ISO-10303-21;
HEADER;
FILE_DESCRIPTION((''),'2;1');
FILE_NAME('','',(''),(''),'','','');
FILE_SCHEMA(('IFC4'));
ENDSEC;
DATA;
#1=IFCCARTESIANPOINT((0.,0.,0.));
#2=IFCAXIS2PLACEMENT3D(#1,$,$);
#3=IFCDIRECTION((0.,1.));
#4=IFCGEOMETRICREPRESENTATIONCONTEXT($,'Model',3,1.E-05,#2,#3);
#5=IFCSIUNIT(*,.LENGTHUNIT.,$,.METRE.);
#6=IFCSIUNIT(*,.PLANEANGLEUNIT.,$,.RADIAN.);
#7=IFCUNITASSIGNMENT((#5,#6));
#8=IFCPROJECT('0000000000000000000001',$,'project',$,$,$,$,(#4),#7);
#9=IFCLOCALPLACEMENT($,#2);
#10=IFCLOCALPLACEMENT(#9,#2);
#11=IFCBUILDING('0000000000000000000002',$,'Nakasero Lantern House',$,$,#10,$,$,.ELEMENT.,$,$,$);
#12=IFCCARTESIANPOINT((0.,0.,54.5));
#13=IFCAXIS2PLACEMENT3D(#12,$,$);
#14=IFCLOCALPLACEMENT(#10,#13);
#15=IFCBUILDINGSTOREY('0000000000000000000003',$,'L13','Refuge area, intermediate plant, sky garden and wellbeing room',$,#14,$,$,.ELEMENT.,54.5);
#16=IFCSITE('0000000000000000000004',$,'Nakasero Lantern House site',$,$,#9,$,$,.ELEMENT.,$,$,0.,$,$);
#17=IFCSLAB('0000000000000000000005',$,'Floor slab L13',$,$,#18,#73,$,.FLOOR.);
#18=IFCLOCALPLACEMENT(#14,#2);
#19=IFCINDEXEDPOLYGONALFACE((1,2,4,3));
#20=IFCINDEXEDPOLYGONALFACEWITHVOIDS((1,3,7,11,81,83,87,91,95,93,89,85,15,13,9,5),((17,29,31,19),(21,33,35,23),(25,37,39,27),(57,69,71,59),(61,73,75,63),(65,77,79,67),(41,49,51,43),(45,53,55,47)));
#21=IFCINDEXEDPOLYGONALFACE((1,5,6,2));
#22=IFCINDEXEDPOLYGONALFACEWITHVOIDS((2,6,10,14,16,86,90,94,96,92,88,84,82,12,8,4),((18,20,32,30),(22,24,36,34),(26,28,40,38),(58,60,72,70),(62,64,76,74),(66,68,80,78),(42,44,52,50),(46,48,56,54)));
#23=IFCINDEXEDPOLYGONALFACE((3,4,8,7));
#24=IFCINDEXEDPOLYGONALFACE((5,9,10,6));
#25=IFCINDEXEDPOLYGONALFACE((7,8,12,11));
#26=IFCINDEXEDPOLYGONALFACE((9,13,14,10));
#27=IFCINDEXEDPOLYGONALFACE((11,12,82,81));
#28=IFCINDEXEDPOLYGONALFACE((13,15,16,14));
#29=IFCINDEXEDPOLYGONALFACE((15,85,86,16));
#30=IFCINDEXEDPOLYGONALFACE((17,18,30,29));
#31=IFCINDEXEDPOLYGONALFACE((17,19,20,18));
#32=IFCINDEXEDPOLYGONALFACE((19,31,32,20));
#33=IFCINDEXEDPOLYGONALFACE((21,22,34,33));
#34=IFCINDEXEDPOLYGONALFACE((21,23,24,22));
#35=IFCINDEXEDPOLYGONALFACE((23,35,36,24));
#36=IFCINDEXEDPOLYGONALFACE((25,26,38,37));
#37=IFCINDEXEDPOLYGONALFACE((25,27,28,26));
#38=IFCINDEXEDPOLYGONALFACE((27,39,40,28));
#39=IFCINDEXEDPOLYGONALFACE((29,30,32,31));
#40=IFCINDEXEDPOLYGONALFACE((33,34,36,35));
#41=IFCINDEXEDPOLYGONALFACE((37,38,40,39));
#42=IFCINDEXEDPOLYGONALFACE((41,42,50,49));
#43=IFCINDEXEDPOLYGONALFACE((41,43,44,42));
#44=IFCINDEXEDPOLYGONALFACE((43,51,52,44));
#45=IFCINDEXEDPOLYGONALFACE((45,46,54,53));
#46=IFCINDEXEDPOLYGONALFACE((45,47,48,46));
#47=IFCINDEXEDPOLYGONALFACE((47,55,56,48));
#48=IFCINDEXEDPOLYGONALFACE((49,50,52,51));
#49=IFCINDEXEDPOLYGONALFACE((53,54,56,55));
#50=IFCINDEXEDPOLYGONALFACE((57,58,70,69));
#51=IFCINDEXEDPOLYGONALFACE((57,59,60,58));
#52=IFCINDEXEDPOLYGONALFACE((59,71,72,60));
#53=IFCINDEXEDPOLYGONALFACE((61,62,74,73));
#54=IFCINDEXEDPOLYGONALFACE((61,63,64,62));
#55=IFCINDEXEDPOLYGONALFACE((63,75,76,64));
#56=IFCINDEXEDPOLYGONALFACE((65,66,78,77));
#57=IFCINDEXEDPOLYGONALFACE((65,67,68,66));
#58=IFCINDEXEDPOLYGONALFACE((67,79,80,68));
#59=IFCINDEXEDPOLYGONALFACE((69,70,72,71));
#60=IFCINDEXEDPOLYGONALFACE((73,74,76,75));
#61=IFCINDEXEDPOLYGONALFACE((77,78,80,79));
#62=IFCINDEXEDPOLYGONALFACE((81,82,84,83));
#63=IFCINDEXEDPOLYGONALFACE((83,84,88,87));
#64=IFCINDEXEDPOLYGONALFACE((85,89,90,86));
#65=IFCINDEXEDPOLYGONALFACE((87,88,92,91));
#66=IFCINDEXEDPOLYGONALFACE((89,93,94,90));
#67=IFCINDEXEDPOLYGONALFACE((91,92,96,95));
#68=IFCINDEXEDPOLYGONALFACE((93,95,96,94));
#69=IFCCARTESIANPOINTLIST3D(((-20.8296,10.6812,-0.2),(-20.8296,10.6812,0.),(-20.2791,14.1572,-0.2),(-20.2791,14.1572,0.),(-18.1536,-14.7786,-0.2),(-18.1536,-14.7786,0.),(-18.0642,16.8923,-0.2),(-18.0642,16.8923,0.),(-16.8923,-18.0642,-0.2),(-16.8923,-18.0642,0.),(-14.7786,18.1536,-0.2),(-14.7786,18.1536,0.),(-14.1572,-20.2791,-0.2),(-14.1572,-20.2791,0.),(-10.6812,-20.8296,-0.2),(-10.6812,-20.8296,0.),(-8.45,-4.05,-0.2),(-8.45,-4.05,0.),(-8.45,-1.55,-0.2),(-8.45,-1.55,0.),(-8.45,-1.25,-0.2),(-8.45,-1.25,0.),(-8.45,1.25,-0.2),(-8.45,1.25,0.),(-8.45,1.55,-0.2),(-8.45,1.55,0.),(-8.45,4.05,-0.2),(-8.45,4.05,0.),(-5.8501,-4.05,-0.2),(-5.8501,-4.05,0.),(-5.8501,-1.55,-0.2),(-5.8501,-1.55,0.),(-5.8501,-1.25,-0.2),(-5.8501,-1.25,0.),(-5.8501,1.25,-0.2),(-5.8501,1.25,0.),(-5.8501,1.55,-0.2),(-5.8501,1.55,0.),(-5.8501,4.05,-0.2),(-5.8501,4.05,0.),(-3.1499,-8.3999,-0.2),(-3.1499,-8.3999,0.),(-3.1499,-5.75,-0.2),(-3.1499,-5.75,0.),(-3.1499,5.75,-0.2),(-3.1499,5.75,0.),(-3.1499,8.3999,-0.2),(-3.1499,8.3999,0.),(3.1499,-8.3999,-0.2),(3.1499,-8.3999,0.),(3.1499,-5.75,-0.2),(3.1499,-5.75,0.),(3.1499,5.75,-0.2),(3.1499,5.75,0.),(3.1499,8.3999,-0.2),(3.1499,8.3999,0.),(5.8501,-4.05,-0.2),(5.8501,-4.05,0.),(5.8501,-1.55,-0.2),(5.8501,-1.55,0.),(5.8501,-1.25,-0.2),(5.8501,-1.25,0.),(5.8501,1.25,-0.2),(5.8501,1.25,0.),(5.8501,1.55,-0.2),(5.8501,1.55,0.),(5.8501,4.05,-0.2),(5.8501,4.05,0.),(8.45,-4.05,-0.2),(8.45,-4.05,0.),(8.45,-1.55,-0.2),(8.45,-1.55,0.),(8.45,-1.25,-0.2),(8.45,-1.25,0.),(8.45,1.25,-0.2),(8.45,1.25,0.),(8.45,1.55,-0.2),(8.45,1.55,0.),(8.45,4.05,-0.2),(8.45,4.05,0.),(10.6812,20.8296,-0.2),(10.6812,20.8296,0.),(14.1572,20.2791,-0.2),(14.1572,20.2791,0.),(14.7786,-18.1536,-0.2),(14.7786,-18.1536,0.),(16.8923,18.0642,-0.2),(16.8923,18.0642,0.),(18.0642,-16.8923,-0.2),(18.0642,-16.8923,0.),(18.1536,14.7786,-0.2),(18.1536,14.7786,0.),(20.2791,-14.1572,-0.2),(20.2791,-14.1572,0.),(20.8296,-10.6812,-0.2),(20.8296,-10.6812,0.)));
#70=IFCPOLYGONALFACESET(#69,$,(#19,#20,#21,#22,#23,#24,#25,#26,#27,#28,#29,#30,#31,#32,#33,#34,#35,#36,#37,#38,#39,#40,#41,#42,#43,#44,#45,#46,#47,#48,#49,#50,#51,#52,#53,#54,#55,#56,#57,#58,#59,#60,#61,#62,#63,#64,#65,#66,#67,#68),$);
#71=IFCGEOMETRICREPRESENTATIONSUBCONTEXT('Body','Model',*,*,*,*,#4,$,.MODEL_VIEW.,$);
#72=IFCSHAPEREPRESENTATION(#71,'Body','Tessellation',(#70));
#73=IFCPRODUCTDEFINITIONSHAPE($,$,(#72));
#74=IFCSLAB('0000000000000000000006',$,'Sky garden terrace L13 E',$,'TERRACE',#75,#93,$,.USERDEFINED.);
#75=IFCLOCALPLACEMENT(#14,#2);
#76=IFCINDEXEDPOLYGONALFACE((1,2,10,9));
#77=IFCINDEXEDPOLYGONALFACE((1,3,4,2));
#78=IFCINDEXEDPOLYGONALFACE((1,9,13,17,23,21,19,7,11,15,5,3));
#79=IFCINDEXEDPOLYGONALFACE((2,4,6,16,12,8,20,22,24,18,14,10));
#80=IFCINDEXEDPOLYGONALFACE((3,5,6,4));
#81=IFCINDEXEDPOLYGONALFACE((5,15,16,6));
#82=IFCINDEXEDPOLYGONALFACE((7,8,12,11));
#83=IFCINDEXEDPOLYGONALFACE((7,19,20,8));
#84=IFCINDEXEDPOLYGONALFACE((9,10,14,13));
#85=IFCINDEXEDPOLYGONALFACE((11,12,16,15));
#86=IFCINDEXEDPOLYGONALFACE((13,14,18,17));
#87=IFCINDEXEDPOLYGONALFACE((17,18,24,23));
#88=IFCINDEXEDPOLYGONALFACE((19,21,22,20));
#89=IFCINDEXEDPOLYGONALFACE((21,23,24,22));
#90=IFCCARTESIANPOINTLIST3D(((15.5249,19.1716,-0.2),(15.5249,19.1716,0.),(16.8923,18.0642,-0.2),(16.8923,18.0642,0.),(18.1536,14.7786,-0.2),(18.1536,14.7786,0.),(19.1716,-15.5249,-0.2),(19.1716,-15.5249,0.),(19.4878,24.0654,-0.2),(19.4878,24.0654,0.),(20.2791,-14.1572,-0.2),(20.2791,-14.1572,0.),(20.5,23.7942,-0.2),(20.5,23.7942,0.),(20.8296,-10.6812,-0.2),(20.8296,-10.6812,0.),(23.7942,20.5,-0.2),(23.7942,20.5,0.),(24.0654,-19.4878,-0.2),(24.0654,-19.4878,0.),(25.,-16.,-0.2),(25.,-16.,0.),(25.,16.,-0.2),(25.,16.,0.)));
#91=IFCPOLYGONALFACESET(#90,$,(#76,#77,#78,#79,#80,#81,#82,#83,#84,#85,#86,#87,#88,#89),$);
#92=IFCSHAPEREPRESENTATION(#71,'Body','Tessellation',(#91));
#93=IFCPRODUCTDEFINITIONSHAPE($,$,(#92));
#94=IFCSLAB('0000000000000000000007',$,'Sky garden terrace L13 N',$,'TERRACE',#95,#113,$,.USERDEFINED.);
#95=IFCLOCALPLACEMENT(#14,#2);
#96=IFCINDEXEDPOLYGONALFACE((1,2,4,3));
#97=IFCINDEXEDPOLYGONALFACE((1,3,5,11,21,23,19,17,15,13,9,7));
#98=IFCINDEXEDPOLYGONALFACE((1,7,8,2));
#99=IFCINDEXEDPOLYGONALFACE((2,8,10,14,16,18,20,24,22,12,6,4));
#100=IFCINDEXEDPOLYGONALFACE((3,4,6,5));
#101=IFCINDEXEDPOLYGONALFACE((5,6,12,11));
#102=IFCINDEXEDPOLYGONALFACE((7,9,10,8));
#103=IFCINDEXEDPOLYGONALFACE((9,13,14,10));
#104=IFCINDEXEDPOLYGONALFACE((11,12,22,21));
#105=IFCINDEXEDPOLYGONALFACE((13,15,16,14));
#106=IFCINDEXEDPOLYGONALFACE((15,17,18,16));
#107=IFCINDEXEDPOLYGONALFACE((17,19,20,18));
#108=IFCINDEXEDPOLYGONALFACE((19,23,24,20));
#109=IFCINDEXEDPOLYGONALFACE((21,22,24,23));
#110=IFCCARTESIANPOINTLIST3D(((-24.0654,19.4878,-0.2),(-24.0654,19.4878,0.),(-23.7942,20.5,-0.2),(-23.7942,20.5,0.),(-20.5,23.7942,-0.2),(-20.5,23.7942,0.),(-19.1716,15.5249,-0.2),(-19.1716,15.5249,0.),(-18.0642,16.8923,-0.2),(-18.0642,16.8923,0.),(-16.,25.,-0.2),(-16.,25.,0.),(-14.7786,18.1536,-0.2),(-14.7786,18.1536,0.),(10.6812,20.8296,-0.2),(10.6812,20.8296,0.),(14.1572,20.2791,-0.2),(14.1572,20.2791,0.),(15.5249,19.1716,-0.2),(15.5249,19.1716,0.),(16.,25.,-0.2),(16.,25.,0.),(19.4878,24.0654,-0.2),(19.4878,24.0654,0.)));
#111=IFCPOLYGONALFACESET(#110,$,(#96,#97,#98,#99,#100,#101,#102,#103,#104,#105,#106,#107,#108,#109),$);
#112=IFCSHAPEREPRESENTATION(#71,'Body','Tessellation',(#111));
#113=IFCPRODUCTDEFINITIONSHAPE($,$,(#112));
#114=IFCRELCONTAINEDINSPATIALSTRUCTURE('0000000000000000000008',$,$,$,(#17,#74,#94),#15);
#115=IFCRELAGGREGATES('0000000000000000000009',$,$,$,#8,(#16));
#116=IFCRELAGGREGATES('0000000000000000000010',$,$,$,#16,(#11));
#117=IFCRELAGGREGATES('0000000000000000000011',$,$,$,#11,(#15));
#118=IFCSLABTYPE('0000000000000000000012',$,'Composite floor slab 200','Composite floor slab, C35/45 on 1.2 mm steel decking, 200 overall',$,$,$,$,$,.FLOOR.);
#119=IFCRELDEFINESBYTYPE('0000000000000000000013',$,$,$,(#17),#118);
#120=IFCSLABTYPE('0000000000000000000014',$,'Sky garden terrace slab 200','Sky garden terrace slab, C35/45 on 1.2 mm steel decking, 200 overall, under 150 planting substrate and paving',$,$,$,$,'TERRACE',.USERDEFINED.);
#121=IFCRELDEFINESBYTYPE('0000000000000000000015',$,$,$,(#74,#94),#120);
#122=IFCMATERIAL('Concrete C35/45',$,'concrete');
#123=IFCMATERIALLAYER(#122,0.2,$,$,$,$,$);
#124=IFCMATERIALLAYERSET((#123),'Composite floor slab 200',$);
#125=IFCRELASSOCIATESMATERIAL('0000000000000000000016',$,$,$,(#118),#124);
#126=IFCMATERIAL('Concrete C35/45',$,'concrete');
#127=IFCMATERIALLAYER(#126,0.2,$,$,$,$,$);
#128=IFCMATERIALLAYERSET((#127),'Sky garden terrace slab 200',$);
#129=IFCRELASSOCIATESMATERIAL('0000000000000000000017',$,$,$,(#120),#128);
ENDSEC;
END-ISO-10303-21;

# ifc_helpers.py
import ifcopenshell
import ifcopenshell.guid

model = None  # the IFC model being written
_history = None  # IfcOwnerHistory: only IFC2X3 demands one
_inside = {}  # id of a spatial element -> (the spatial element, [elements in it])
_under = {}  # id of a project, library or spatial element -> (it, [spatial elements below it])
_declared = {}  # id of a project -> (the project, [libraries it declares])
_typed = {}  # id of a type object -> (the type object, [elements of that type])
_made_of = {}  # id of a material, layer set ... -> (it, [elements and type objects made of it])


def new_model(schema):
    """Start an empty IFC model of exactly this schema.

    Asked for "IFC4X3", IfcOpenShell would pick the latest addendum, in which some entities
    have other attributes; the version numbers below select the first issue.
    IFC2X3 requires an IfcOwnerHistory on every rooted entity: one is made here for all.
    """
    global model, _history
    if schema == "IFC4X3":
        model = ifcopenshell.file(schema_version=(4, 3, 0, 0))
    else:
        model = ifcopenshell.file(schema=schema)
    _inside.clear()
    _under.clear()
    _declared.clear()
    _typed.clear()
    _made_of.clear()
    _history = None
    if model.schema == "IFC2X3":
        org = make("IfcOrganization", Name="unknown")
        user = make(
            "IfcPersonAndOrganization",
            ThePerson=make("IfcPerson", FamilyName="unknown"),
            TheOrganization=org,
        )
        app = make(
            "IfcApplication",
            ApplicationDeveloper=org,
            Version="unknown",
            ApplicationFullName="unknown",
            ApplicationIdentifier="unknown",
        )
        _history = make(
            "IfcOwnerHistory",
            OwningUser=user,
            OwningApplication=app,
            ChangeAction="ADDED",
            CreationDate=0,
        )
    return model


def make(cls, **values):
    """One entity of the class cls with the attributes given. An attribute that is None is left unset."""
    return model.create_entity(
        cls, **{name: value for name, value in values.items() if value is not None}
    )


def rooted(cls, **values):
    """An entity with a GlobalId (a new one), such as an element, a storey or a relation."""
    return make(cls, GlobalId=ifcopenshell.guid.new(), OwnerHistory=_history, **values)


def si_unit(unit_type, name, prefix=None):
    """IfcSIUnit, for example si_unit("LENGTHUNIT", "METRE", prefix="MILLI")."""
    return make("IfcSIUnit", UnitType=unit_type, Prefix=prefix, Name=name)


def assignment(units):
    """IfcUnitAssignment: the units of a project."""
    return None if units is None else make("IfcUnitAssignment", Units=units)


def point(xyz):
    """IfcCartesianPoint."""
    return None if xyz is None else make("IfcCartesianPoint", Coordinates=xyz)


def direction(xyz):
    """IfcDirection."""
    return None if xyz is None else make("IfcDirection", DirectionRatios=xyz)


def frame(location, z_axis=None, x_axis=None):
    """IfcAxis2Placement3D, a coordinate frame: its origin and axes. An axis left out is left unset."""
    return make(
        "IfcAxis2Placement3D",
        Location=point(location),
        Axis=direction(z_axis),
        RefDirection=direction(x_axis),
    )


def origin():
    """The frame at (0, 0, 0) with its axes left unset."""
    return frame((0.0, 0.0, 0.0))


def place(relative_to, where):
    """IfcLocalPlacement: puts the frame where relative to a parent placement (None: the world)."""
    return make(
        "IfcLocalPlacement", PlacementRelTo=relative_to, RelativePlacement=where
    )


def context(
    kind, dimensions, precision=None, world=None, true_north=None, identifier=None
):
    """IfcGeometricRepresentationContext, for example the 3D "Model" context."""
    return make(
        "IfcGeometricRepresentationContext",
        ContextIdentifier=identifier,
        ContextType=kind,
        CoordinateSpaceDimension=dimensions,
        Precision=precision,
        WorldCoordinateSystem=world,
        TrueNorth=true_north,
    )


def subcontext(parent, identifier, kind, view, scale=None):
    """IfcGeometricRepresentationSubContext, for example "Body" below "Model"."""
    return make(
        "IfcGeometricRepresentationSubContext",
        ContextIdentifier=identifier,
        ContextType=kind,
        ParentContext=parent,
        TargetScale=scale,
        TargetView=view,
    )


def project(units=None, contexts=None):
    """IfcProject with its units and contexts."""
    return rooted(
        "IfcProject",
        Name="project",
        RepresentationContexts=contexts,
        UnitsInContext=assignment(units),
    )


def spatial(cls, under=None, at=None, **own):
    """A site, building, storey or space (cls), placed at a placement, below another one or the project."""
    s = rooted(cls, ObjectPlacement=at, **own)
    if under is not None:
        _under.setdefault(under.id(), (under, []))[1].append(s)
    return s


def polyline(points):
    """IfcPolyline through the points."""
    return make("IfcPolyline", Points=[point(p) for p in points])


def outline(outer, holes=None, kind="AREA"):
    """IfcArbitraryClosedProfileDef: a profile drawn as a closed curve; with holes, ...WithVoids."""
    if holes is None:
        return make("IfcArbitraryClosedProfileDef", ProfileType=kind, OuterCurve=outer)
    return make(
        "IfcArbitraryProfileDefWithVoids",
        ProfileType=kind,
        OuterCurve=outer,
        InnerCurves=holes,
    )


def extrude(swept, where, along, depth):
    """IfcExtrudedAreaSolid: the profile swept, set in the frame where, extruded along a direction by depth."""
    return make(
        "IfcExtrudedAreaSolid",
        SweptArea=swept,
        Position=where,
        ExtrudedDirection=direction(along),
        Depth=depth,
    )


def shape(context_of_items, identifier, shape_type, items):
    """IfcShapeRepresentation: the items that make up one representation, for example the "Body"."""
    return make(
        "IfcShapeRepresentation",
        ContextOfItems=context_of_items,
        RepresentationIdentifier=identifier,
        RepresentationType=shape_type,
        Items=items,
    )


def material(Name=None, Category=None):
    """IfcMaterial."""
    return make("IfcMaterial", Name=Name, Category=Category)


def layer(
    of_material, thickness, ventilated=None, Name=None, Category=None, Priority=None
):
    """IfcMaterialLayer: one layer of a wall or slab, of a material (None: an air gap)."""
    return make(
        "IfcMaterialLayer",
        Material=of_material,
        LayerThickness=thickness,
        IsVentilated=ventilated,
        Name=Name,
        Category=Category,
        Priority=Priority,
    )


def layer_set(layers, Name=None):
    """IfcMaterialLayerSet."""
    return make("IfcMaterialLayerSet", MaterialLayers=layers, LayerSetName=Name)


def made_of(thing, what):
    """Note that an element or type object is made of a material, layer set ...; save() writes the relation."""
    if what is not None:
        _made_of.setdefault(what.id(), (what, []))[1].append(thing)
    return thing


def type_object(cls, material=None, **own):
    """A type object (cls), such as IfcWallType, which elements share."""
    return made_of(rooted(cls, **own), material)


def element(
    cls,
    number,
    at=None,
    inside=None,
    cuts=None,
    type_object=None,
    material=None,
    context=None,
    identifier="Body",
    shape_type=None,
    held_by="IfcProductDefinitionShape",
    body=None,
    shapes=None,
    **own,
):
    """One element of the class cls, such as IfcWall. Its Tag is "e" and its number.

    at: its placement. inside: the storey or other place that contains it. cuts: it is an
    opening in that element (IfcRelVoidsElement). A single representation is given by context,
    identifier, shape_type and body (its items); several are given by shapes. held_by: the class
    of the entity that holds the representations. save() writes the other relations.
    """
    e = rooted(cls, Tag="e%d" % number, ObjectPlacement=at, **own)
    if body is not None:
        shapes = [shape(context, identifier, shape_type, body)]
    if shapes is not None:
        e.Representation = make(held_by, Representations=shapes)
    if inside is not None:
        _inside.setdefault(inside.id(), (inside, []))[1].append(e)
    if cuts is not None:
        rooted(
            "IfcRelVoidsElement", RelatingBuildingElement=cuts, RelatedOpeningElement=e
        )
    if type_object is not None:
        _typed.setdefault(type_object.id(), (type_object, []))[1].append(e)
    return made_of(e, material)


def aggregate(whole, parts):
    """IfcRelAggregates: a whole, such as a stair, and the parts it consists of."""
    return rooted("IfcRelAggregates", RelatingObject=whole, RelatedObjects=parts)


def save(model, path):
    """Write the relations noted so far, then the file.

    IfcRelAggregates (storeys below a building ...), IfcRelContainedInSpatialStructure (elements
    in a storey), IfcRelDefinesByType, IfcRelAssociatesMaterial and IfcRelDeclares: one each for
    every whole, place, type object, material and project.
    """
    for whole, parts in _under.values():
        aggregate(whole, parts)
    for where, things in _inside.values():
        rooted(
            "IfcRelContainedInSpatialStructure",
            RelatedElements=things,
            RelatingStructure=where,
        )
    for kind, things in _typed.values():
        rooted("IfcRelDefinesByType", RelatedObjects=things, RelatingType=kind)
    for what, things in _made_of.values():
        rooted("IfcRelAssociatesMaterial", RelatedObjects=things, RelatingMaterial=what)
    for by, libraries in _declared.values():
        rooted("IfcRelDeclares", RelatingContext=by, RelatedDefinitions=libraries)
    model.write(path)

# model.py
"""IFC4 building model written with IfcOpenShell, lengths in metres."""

from ifc_helpers import new_model, si_unit, direction, frame, origin, place, context, subcontext, project, spatial, polyline, outline, extrude, material, layer, layer_set, type_object, element, save


model = new_model("IFC4")

# Units and contexts
model_context = context("Model", 3, precision=1e-05, world=origin(), true_north=direction((0.0, 1.0)))
body_context = subcontext(model_context, "Body", "Model", "MODEL_VIEW")
ifc_project = project(units=[si_unit("LENGTHUNIT", "METRE"), si_unit("PLANEANGLEUNIT", "RADIAN")], contexts=[model_context])

# Site, building, storey
site_placement = place(None, origin())
site = spatial("IfcSite", under=ifc_project, at=site_placement, Name="Nakasero Lantern House site", CompositionType="ELEMENT", RefElevation=0.0)
building_placement = place(site_placement, origin())
building = spatial("IfcBuilding", under=site, at=building_placement, Name="Nakasero Lantern House", CompositionType="ELEMENT")
storey_placement = place(building_placement, frame((0.0, 0.0, 54.5)))
storey = spatial("IfcBuildingStorey", under=building, at=storey_placement, Name="L13", Description="Refuge area, intermediate plant, sky garden and wellbeing room", CompositionType="ELEMENT", Elevation=54.5)

# Slabs
ifc_material_1 = material(Name="Concrete C35/45", Category="concrete")
ifc_layer_1 = layer(ifc_material_1, 0.2)
ifc_layer_set_1 = layer_set([ifc_layer_1], Name="Composite floor slab 200")
slab_type_1 = type_object("IfcSlabType", Name="Composite floor slab 200", Description="Composite floor slab, C35/45 on 1.2 mm steel decking, 200 overall", PredefinedType="FLOOR", material=ifc_layer_set_1)
slab_1_placement = place(storey_placement, frame((0.0, 0.0, -0.2)))
element("IfcSlab", 1, at=slab_1_placement, inside=storey, type_object=slab_type_1, Name="Floor slab L13", PredefinedType="FLOOR", context=body_context, shape_type="SweptSolid", body=[
    extrude(outline(polyline([(20.8296, -10.6812), (18.1536, 14.7786), (16.8923, 18.0642), (14.1572, 20.2791), (10.6812, 20.8296), (-14.7786, 18.1536), (-18.0642, 16.8923), (-20.2791, 14.1572), (-20.8296, 10.6812), (-18.1536, -14.7786), (-16.8923, -18.0642), (-14.1572, -20.2791), (-10.6812, -20.8296), (14.7786, -18.1536), (18.0642, -16.8923), (20.2791, -14.1572), (20.8296, -10.6812)]), holes=[polyline([(-8.45, -4.05), (-5.8501, -4.05), (-5.8501, -1.55), (-8.45, -1.55), (-8.45, -4.05)]), polyline([(-8.45, -1.25), (-5.8501, -1.25), (-5.8501, 1.25), (-8.45, 1.25), (-8.45, -1.25)]), polyline([(-8.45, 1.55), (-5.8501, 1.55), (-5.8501, 4.05), (-8.45, 4.05), (-8.45, 1.55)]), polyline([(5.8501, -4.05), (8.45, -4.05), (8.45, -1.55), (5.8501, -1.55), (5.8501, -4.05)]), polyline([(5.8501, -1.25), (8.45, -1.25), (8.45, 1.25), (5.8501, 1.25), (5.8501, -1.25)]), polyline([(5.8501, 1.55), (8.45, 1.55), (8.45, 4.05), (5.8501, 4.05), (5.8501, 1.55)]), polyline([(-3.1499, 5.75), (3.1499, 5.75), (3.1499, 8.3999), (-3.1499, 8.3999), (-3.1499, 5.75)]), polyline([(-3.1499, -8.3999), (3.1499, -8.3999), (3.1499, -5.75), (-3.1499, -5.75), (-3.1499, -8.3999)])]), origin(), (0.0, 0.0, 1.0), 0.2),
])
ifc_material_2 = material(Name="Concrete C35/45", Category="concrete")
ifc_layer_2 = layer(ifc_material_2, 0.2)
ifc_layer_set_2 = layer_set([ifc_layer_2], Name="Sky garden terrace slab 200")
slab_type_2 = type_object("IfcSlabType", Name="Sky garden terrace slab 200", Description="Sky garden terrace slab, C35/45 on 1.2 mm steel decking, 200 overall, under 150 planting substrate and paving", ElementType="TERRACE", PredefinedType="USERDEFINED", material=ifc_layer_set_2)
slab_2_placement = place(storey_placement, frame((0.0, 0.0, -0.2)))
element("IfcSlab", 2, at=slab_2_placement, inside=storey, type_object=slab_type_2, Name="Sky garden terrace L13 E", ObjectType="TERRACE", PredefinedType="USERDEFINED", context=body_context, shape_type="SweptSolid", body=[
    extrude(outline(polyline([(24.0654, -19.4878), (25.0, -16.0), (25.0, 16.0), (23.7942, 20.5), (20.5, 23.7942), (19.4878, 24.0654), (15.5249, 19.1716), (16.8923, 18.0642), (18.1536, 14.7786), (20.8296, -10.6812), (20.2791, -14.1572), (19.1716, -15.5249), (24.0654, -19.4878)])), origin(), (0.0, 0.0, 1.0), 0.2),
])
slab_3_placement = place(storey_placement, frame((0.0, 0.0, -0.2)))
element("IfcSlab", 3, at=slab_3_placement, inside=storey, type_object=slab_type_2, Name="Sky garden terrace L13 N", ObjectType="TERRACE", PredefinedType="USERDEFINED", context=body_context, shape_type="SweptSolid", body=[
    extrude(outline(polyline([(-23.7942, 20.5), (-24.0654, 19.4878), (-19.1716, 15.5249), (-18.0642, 16.8923), (-14.7786, 18.1536), (10.6812, 20.8296), (14.1572, 20.2791), (15.5249, 19.1716), (19.4878, 24.0654), (16.0, 25.0), (-16.0, 25.0), (-20.5, 23.7942), (-23.7942, 20.5)])), origin(), (0.0, 0.0, 1.0), 0.2),
])

save(model, "model.ifc")
